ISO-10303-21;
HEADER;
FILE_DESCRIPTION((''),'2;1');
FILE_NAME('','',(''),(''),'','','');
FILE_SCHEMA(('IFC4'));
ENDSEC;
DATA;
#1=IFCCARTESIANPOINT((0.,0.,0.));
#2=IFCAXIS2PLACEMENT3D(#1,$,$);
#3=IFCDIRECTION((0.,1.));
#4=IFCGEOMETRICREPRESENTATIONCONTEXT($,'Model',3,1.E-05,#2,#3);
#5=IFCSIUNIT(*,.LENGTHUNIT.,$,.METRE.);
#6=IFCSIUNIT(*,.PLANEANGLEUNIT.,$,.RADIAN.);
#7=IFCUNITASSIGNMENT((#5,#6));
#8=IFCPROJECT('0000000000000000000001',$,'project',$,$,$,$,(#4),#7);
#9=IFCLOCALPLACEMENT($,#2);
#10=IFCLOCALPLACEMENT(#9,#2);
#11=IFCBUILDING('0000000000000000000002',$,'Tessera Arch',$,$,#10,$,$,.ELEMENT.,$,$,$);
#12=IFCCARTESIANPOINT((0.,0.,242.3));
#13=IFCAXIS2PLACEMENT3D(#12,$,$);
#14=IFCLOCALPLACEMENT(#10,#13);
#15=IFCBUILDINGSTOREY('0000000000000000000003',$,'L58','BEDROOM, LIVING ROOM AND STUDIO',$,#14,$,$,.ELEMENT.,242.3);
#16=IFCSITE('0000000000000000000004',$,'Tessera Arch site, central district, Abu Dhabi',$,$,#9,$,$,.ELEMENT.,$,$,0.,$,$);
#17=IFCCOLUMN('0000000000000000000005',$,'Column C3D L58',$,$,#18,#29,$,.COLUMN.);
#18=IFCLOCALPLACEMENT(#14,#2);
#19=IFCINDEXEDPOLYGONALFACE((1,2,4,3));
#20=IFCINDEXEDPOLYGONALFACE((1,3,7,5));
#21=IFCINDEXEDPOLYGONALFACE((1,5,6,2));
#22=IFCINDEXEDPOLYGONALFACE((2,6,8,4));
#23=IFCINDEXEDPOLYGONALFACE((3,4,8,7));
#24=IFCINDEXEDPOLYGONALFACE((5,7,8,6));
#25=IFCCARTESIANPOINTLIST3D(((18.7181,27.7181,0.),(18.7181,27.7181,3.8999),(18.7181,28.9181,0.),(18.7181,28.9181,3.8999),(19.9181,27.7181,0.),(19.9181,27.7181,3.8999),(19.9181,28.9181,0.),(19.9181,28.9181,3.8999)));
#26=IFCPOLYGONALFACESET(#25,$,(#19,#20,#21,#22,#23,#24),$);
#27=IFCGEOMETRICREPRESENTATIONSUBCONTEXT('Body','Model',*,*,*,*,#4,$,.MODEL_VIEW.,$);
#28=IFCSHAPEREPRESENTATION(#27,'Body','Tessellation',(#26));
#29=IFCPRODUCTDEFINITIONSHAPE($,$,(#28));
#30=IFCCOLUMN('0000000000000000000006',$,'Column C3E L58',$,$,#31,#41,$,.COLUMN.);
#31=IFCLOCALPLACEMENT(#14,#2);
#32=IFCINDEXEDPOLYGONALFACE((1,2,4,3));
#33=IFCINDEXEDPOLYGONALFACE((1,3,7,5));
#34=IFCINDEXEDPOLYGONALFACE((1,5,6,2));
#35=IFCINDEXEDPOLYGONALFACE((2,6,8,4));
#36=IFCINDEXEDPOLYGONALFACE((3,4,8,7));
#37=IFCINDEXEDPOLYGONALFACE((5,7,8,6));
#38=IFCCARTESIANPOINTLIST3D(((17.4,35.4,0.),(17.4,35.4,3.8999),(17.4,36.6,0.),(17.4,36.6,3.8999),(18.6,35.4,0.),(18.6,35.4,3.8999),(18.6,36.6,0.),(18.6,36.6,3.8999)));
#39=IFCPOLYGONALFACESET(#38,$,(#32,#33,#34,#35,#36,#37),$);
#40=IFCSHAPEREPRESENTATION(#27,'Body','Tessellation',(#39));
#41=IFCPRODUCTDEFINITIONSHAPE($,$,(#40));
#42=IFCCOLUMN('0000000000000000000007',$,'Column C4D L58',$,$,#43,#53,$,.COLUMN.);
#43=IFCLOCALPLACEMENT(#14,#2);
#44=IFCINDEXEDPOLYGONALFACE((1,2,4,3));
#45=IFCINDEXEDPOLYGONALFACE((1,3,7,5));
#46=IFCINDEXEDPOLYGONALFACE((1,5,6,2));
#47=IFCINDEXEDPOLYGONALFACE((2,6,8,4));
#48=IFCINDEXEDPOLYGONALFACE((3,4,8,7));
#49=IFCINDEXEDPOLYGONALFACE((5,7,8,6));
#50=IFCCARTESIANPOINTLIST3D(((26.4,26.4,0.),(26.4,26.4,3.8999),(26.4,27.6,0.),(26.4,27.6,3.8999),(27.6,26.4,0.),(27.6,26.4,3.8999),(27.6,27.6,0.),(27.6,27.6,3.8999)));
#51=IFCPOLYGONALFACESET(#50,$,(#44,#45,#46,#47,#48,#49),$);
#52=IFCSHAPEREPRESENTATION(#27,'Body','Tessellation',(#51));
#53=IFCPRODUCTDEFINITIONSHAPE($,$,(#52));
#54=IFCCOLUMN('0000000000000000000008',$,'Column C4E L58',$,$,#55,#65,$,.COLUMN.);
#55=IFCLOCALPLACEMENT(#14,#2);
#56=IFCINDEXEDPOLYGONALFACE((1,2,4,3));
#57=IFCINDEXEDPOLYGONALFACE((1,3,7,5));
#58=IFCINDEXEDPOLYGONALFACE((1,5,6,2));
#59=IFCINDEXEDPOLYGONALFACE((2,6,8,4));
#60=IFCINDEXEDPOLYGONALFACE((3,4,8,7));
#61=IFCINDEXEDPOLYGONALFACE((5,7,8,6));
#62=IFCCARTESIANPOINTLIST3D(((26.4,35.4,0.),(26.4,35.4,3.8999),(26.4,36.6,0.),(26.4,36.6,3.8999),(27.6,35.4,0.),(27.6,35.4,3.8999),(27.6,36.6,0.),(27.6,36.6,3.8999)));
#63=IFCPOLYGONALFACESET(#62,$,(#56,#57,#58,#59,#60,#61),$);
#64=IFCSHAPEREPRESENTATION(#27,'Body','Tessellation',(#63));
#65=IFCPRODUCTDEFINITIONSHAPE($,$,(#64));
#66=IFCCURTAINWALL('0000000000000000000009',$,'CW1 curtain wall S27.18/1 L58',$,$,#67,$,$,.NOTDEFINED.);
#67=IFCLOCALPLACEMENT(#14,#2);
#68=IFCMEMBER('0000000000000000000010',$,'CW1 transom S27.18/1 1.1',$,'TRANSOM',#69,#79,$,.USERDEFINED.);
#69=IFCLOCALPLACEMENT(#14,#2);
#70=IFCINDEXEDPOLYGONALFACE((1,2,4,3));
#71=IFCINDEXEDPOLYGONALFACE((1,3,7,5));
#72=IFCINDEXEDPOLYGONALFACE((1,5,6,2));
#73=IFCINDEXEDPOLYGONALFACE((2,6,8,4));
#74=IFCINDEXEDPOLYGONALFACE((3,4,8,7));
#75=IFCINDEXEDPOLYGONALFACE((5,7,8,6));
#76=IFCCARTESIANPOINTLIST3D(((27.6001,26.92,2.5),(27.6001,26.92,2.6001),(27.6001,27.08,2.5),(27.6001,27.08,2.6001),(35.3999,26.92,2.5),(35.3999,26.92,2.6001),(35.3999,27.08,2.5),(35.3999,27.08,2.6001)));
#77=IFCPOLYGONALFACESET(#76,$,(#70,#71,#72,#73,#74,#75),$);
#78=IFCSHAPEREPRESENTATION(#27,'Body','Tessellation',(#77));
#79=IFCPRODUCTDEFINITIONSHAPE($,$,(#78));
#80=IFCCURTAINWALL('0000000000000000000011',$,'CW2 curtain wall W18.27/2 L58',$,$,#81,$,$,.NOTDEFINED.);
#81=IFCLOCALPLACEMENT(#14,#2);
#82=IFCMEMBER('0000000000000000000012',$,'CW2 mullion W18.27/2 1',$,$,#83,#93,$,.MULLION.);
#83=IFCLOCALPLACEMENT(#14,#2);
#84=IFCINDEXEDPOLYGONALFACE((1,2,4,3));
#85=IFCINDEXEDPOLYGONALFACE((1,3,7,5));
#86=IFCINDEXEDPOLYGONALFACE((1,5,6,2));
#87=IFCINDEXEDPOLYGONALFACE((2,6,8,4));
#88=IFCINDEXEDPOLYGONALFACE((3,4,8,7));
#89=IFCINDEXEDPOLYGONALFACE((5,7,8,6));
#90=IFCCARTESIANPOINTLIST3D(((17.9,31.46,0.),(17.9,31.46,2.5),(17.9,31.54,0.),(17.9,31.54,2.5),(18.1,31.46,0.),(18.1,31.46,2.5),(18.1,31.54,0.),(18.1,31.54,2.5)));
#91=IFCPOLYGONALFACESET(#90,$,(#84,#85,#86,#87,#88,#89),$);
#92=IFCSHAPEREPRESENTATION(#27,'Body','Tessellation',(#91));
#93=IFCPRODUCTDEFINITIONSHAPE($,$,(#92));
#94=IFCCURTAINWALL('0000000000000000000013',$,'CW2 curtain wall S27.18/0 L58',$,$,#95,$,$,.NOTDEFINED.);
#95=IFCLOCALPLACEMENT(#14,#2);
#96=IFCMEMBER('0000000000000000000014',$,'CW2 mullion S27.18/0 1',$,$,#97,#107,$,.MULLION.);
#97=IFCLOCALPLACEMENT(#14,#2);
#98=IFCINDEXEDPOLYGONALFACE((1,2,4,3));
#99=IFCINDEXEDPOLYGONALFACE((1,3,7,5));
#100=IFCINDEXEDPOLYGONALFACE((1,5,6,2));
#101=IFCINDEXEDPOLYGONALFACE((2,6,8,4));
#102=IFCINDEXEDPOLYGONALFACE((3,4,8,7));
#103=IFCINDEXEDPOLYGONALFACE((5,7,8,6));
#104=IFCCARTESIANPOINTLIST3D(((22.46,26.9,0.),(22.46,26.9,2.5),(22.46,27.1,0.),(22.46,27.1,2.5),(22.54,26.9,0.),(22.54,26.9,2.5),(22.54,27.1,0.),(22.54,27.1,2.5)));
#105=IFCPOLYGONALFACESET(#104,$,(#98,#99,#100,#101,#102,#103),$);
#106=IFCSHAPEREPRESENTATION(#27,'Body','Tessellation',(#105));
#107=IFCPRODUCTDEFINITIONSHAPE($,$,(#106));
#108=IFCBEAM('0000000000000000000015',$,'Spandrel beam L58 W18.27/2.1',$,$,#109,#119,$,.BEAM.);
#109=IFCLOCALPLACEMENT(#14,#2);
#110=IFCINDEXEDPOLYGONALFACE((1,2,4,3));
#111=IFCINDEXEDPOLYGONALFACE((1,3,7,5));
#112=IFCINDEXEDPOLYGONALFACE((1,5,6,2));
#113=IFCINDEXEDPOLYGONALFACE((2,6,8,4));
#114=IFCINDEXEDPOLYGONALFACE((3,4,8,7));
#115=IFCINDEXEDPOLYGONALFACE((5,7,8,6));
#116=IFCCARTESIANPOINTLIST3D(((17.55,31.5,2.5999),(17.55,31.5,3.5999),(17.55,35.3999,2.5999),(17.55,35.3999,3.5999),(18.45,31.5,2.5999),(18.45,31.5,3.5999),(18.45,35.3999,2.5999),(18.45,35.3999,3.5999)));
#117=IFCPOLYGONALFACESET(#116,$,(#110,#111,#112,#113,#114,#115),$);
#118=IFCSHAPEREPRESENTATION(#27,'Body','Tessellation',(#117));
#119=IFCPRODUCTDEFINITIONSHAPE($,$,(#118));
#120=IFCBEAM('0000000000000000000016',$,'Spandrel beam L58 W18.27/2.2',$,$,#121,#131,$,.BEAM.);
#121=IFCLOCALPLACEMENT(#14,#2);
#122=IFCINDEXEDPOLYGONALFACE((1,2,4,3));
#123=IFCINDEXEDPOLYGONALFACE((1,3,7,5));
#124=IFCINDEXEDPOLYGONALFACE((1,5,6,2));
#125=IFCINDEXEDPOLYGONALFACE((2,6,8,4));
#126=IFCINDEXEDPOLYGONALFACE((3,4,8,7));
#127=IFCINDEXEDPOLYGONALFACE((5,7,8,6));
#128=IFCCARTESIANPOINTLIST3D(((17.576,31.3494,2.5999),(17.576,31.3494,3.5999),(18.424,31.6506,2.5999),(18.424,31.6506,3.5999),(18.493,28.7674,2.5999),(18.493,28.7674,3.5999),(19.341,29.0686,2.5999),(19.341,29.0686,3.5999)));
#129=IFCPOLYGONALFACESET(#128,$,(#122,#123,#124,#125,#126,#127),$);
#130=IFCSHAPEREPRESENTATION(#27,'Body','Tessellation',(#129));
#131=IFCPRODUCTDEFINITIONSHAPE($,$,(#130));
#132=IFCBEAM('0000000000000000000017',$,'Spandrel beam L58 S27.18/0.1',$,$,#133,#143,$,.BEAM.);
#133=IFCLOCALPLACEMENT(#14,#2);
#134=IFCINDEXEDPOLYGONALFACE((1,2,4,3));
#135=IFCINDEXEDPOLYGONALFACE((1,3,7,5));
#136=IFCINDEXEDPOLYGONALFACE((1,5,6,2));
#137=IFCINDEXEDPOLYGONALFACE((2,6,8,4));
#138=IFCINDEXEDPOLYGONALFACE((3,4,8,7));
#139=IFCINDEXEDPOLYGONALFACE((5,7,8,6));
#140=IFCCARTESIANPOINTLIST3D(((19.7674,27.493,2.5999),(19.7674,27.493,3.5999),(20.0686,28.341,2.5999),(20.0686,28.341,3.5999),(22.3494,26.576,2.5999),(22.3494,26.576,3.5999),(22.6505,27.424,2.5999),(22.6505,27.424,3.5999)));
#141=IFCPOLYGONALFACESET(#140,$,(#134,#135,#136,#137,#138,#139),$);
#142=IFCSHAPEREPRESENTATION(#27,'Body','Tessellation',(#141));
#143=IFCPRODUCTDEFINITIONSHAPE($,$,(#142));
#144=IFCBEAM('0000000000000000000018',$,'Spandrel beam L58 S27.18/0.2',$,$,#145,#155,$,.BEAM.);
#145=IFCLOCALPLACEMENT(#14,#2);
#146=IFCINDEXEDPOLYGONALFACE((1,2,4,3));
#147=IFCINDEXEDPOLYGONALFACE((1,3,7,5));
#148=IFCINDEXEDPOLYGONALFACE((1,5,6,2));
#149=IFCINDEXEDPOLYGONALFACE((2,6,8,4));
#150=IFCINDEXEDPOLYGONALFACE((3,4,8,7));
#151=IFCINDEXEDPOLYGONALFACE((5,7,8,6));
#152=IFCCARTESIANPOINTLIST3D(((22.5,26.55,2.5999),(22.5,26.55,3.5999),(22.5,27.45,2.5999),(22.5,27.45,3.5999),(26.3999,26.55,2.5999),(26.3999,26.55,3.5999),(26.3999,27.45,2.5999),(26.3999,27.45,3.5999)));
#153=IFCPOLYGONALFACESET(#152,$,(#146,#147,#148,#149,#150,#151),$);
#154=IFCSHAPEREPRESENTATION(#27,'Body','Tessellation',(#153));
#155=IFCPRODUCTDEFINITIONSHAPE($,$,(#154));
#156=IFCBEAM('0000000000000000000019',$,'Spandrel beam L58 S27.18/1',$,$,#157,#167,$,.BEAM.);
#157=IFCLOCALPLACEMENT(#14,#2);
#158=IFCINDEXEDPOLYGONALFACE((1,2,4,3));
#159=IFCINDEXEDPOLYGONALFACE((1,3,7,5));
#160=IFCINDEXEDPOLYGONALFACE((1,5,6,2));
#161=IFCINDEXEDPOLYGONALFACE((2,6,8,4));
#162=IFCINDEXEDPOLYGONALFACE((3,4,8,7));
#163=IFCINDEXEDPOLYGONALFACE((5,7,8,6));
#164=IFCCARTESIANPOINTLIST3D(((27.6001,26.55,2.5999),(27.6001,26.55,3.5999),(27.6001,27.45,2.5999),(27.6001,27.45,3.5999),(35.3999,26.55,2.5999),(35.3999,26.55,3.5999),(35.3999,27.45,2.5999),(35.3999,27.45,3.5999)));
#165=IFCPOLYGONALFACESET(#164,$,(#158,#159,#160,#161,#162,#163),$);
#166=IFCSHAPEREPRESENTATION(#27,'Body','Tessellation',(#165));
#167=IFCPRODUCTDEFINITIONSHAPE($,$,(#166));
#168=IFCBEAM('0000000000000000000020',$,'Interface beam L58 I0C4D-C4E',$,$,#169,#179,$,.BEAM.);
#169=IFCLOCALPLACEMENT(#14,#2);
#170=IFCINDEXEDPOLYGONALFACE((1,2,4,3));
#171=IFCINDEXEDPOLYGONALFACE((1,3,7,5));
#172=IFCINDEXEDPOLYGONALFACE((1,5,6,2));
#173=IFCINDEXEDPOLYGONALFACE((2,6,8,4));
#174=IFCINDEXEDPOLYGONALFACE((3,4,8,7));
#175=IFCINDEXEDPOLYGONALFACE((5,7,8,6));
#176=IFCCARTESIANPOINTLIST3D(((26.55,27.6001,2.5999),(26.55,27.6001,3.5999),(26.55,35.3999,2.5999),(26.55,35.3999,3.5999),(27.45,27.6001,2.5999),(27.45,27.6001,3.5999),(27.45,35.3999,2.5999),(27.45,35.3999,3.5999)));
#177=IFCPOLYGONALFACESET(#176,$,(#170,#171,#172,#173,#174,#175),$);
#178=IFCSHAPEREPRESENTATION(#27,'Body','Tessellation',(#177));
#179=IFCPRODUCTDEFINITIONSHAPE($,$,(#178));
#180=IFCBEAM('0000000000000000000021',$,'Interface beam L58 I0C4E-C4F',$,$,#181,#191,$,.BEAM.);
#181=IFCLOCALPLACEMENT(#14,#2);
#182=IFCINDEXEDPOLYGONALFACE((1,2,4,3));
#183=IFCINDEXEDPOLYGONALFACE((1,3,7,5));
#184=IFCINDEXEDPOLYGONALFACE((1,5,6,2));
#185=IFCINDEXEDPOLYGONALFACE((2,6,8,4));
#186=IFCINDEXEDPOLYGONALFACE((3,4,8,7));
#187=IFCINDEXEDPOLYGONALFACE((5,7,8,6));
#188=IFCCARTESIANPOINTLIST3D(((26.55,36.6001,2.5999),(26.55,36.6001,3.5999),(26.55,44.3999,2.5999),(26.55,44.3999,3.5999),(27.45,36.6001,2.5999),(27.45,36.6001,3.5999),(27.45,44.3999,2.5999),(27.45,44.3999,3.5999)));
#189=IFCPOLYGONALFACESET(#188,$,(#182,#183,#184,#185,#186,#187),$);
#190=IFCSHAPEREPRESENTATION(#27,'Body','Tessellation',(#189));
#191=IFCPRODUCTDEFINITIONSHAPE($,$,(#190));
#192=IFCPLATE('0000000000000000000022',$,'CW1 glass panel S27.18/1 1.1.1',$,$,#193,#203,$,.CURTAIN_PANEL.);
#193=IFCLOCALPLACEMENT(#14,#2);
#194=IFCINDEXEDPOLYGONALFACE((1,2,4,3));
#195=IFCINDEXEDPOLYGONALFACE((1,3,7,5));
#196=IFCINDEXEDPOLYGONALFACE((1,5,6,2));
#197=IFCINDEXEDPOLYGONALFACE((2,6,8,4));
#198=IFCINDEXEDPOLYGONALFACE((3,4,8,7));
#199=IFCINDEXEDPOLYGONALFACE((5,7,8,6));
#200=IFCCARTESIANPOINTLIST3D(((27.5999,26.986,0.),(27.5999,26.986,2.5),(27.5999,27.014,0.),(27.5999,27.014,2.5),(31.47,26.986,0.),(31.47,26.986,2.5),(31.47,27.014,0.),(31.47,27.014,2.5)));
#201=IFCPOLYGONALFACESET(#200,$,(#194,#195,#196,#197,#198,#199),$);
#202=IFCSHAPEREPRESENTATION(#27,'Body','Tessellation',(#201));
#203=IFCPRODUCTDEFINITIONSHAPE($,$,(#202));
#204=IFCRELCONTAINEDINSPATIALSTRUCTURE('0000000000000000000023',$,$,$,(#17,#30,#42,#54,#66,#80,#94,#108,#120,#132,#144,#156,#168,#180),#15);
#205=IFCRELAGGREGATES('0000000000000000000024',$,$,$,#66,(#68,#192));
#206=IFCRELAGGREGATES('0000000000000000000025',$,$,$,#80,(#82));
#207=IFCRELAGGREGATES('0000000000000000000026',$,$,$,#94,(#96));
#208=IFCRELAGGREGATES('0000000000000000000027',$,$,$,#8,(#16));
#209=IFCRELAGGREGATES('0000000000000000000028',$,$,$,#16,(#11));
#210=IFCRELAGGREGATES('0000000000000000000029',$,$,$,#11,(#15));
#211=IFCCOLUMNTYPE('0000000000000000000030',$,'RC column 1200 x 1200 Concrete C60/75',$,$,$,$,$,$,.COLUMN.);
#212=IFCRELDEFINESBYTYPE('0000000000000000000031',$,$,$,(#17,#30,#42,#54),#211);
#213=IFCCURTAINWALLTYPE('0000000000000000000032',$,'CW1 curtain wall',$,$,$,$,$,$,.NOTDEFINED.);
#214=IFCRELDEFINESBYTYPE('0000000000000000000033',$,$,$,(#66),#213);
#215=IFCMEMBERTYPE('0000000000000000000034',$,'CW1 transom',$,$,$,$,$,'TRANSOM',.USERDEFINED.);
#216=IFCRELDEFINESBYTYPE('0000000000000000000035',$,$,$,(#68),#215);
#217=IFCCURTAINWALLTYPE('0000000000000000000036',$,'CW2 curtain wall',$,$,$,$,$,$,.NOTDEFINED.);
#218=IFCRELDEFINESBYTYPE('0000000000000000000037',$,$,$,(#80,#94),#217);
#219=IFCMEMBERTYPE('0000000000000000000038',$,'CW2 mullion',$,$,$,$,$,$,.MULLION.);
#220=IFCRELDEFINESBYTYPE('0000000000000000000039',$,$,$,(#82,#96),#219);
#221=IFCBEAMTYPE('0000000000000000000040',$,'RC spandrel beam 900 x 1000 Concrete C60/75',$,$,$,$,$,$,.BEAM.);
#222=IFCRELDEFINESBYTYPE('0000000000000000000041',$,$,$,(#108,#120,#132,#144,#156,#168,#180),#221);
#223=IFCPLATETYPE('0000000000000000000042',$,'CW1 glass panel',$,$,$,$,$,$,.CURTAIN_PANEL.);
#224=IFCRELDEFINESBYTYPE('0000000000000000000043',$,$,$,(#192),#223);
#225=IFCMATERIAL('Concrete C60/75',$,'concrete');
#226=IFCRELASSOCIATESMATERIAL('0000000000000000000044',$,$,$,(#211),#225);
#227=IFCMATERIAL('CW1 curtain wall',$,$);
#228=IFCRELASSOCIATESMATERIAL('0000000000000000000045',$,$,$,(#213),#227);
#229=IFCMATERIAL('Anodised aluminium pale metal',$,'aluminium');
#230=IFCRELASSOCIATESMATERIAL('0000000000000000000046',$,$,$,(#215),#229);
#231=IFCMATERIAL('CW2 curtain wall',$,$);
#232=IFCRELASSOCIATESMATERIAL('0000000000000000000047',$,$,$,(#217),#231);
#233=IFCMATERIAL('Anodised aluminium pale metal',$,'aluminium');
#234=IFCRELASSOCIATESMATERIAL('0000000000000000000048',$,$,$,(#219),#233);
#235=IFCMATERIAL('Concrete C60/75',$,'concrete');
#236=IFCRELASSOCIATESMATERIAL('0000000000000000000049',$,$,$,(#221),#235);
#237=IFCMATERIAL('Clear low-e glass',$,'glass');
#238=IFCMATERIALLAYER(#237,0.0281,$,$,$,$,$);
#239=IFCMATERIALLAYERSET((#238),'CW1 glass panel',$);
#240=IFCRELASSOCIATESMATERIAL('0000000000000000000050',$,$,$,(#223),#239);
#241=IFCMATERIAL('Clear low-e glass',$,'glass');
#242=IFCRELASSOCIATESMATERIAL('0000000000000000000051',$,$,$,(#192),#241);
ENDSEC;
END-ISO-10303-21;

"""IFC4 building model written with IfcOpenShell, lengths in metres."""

from ifc_helpers import new_model, si_unit, direction, frame, origin, origin_2d, place, context, subcontext, project, spatial, rectangle, extrude, material, layer, layer_set, material_profile, profile_set, type_object, element, aggregate, save


model = new_model("IFC4")

# Units and contexts
model_context = context("Model", 3, precision=1e-05, world=origin(), true_north=direction((0.0, 1.0)))
body_context = subcontext(model_context, "Body", "Model", "MODEL_VIEW")
ifc_project = project(units=[si_unit("LENGTHUNIT", "METRE"), si_unit("PLANEANGLEUNIT", "RADIAN")], contexts=[model_context])

# Site, building, storey
site_placement = place(None, origin())
site = spatial("IfcSite", under=ifc_project, at=site_placement, Name="Tessera Arch site, central district, Abu Dhabi", CompositionType="ELEMENT", RefElevation=0.0)
building_placement = place(site_placement, origin())
building = spatial("IfcBuilding", under=site, at=building_placement, Name="Tessera Arch", CompositionType="ELEMENT")
storey_placement = place(building_placement, frame((0.0, 0.0, 242.3)))
storey = spatial("IfcBuildingStorey", under=building, at=storey_placement, Name="L58", Description="BEDROOM, LIVING ROOM AND STUDIO", CompositionType="ELEMENT", Elevation=242.3)

# Columns
ifc_material_1 = material(Name="Concrete C60/75", Category="concrete")
ifc_material_profile_1 = material_profile(ifc_material_1, rectangle(XDim=1.2, YDim=1.2, at=origin_2d()), Name="RC column 1200 x 1200 Concrete C60/75")
ifc_profile_set_1 = profile_set([ifc_material_profile_1], Name="Concrete C60/75")
column_type = type_object("IfcColumnType", Name="RC column 1200 x 1200 Concrete C60/75", PredefinedType="COLUMN", material=ifc_profile_set_1)
for number, where, z_axis, x_axis, name in (
    (1, (19.3181, 28.3181, 0.0), (0.0, 0.0, 1.0), (1.0, 0.0, 0.0), "Column C3D L58"),
    (2, (18.0, 36.0, 0.0), (0.0, 0.0, 1.0), (1.0, 0.0, 0.0), "Column C3E L58"),
    (3, (27.0, 27.0, 0.0), (0.0, 0.0, 1.0), (1.0, 0.0, 0.0), "Column C4D L58"),
    (4, (27.0, 36.0, 0.0), (0.0, 0.0, 1.0), (1.0, 0.0, 0.0), "Column C4E L58"),
):
    element("IfcColumn", number, at=place(storey_placement, frame(where, z_axis=z_axis, x_axis=x_axis)), inside=storey, type_object=column_type, Name=name, PredefinedType="COLUMN", context=body_context, shape_type="SweptSolid", body=[
        extrude(rectangle(XDim=1.2, YDim=1.2, at=origin_2d()), origin(), (0.0, 0.0, 1.0), 3.8999),
    ])

# Curtain walls, members
ifc_material_2 = material(Name="CW1 curtain wall")
curtain_wall_type_1 = type_object("IfcCurtainWallType", Name="CW1 curtain wall", PredefinedType="NOTDEFINED", material=ifc_material_2)
curtain_wall_1_placement = place(storey_placement, origin())
curtain_wall_1 = element("IfcCurtainWall", 5, at=curtain_wall_1_placement, inside=storey, type_object=curtain_wall_type_1, Name="CW1 curtain wall S27.18/1 L58", PredefinedType="NOTDEFINED")
ifc_material_3 = material(Name="Anodised aluminium pale metal", Category="aluminium")
ifc_material_profile_2 = material_profile(ifc_material_3, rectangle(XDim=0.1599, YDim=0.1001, at=origin_2d()), Name="AL 160x100")
ifc_profile_set_2 = profile_set([ifc_material_profile_2], Name="Anodised aluminium pale metal")
member_type_1 = type_object("IfcMemberType", Name="CW1 transom", ElementType="TRANSOM", PredefinedType="USERDEFINED", material=ifc_profile_set_2)
member_1_placement = place(storey_placement, frame((27.6001, 27.0, 2.55), z_axis=(1.0, 0.0, 0.0), x_axis=(0.0, 1.0, 0.0)))
member_1 = element("IfcMember", 6, at=member_1_placement, type_object=member_type_1, Name="CW1 transom S27.18/1 1.1", ObjectType="TRANSOM", PredefinedType="USERDEFINED", context=body_context, shape_type="SweptSolid", body=[
    extrude(rectangle(XDim=0.1599, YDim=0.1001, at=origin_2d()), origin(), (0.0, 0.0, 1.0), 7.7998),
])
ifc_material_4 = material(Name="CW2 curtain wall")
curtain_wall_type_2 = type_object("IfcCurtainWallType", Name="CW2 curtain wall", PredefinedType="NOTDEFINED", material=ifc_material_4)
curtain_wall_2_placement = place(storey_placement, origin())
curtain_wall_2 = element("IfcCurtainWall", 7, at=curtain_wall_2_placement, inside=storey, type_object=curtain_wall_type_2, Name="CW2 curtain wall W18.27/2 L58", PredefinedType="NOTDEFINED")
ifc_material_5 = material(Name="Anodised aluminium pale metal", Category="aluminium")
ifc_material_profile_3 = material_profile(ifc_material_5, rectangle(XDim=0.2, YDim=0.0801, at=origin_2d()), Name="AL 80x200")
ifc_profile_set_3 = profile_set([ifc_material_profile_3], Name="Anodised aluminium pale metal")
member_type_2 = type_object("IfcMemberType", Name="CW2 mullion", PredefinedType="MULLION", material=ifc_profile_set_3)
member_2_placement = place(storey_placement, frame((18.0, 31.5, 0.0), z_axis=(0.0, 0.0, 1.0), x_axis=(1.0, 0.0, 0.0)))
member_2 = element("IfcMember", 8, at=member_2_placement, type_object=member_type_2, Name="CW2 mullion W18.27/2 1", PredefinedType="MULLION", context=body_context, shape_type="SweptSolid", body=[
    extrude(rectangle(XDim=0.2, YDim=0.0801, at=origin_2d()), origin(), (0.0, 0.0, 1.0), 2.5),
])
curtain_wall_3_placement = place(storey_placement, origin())
curtain_wall_3 = element("IfcCurtainWall", 9, at=curtain_wall_3_placement, inside=storey, type_object=curtain_wall_type_2, Name="CW2 curtain wall S27.18/0 L58", PredefinedType="NOTDEFINED")
member_3_placement = place(storey_placement, frame((22.5, 27.0, 0.0), z_axis=(0.0, 0.0, 1.0), x_axis=(0.0, 1.0, 0.0)))
member_3 = element("IfcMember", 10, at=member_3_placement, type_object=member_type_2, Name="CW2 mullion S27.18/0 1", PredefinedType="MULLION", context=body_context, shape_type="SweptSolid", body=[
    extrude(rectangle(XDim=0.2, YDim=0.0801, at=origin_2d()), origin(), (0.0, 0.0, 1.0), 2.5),
])

# Beams
ifc_material_6 = material(Name="Concrete C60/75", Category="concrete")
ifc_material_profile_4 = material_profile(ifc_material_6, rectangle(XDim=0.8999, YDim=1.0, at=origin_2d()), Name="RC spandrel beam 900 x 1000 Concrete C60/75")
ifc_profile_set_4 = profile_set([ifc_material_profile_4], Name="Concrete C60/75")
beam_type = type_object("IfcBeamType", Name="RC spandrel beam 900 x 1000 Concrete C60/75", PredefinedType="BEAM", material=ifc_profile_set_4)
beam_1_placement = place(storey_placement, frame((18.0, 35.3999, 3.0999), z_axis=(0.0, -1.0, 0.0), x_axis=(1.0, 0.0, 0.0)))
element("IfcBeam", 11, at=beam_1_placement, inside=storey, type_object=beam_type, Name="Spandrel beam L58 W18.27/2.1", PredefinedType="BEAM", context=body_context, shape_type="SweptSolid", body=[
    extrude(rectangle(XDim=0.8999, YDim=1.0, at=origin_2d()), origin(), (0.0, 0.0, 1.0), 3.8999),
])
for number, where, z_axis, x_axis, name in (
    (12, (18.0, 31.5, 3.0999), (0.334665, -0.942337, 0.0), (0.942337, 0.334665, 0.0), "Spandrel beam L58 W18.27/2.2"),
    (13, (19.918, 27.917, 3.0999), (0.942337, -0.334665, 0.0), (0.334665, 0.942337, 0.0), "Spandrel beam L58 S27.18/0.1"),
):
    element("IfcBeam", number, at=place(storey_placement, frame(where, z_axis=z_axis, x_axis=x_axis)), inside=storey, type_object=beam_type, Name=name, PredefinedType="BEAM", context=body_context, shape_type="SweptSolid", body=[
        extrude(rectangle(XDim=0.8999, YDim=1.0, at=origin_2d()), origin(), (0.0, 0.0, 1.0), 2.74),
    ])
beam_2_placement = place(storey_placement, frame((22.5, 27.0, 3.0999), z_axis=(1.0, 0.0, 0.0), x_axis=(0.0, 1.0, 0.0)))
element("IfcBeam", 14, at=beam_2_placement, inside=storey, type_object=beam_type, Name="Spandrel beam L58 S27.18/0.2", PredefinedType="BEAM", context=body_context, shape_type="SweptSolid", body=[
    extrude(rectangle(XDim=0.8999, YDim=1.0, at=origin_2d()), origin(), (0.0, 0.0, 1.0), 3.8999),
])
for number, where, z_axis, x_axis, name in (
    (15, (27.6001, 27.0, 3.0999), (1.0, 0.0, 0.0), (0.0, 1.0, 0.0), "Spandrel beam L58 S27.18/1"),
    (16, (27.0, 27.6001, 3.0999), (0.0, 1.0, 0.0), (-1.0, 0.0, 0.0), "Interface beam L58 I0C4D-C4E"),
    (17, (27.0, 36.6001, 3.0999), (0.0, 1.0, 0.0), (-1.0, 0.0, 0.0), "Interface beam L58 I0C4E-C4F"),
):
    element("IfcBeam", number, at=place(storey_placement, frame(where, z_axis=z_axis, x_axis=x_axis)), inside=storey, type_object=beam_type, Name=name, PredefinedType="BEAM", context=body_context, shape_type="SweptSolid", body=[
        extrude(rectangle(XDim=0.8999, YDim=1.0, at=origin_2d()), origin(), (0.0, 0.0, 1.0), 7.7998),
    ])

# Plate
ifc_material_7 = material(Name="Clear low-e glass", Category="glass")
ifc_material_8 = material(Name="Clear low-e glass", Category="glass")
ifc_layer_1 = layer(ifc_material_8, 0.0281)
ifc_layer_set_1 = layer_set([ifc_layer_1], Name="CW1 glass panel")
plate_type_1 = type_object("IfcPlateType", Name="CW1 glass panel", PredefinedType="CURTAIN_PANEL", material=ifc_layer_set_1)
plate_1_placement = place(storey_placement, frame((29.5349, 27.0, 0.0), z_axis=(0.0, 0.0, 1.0), x_axis=(1.0, 0.0, 0.0)))
plate_1 = element("IfcPlate", 18, at=plate_1_placement, type_object=plate_type_1, material=ifc_material_7, Name="CW1 glass panel S27.18/1 1.1.1", PredefinedType="CURTAIN_PANEL", context=body_context, shape_type="SweptSolid", body=[
    extrude(rectangle(XDim=3.8701, YDim=0.0281, at=origin_2d()), origin(), (0.0, 0.0, 1.0), 2.5),
])
aggregate(curtain_wall_1, [member_1, plate_1])
aggregate(curtain_wall_2, [member_2])
aggregate(curtain_wall_3, [member_3])

save(model, "model.ifc")
